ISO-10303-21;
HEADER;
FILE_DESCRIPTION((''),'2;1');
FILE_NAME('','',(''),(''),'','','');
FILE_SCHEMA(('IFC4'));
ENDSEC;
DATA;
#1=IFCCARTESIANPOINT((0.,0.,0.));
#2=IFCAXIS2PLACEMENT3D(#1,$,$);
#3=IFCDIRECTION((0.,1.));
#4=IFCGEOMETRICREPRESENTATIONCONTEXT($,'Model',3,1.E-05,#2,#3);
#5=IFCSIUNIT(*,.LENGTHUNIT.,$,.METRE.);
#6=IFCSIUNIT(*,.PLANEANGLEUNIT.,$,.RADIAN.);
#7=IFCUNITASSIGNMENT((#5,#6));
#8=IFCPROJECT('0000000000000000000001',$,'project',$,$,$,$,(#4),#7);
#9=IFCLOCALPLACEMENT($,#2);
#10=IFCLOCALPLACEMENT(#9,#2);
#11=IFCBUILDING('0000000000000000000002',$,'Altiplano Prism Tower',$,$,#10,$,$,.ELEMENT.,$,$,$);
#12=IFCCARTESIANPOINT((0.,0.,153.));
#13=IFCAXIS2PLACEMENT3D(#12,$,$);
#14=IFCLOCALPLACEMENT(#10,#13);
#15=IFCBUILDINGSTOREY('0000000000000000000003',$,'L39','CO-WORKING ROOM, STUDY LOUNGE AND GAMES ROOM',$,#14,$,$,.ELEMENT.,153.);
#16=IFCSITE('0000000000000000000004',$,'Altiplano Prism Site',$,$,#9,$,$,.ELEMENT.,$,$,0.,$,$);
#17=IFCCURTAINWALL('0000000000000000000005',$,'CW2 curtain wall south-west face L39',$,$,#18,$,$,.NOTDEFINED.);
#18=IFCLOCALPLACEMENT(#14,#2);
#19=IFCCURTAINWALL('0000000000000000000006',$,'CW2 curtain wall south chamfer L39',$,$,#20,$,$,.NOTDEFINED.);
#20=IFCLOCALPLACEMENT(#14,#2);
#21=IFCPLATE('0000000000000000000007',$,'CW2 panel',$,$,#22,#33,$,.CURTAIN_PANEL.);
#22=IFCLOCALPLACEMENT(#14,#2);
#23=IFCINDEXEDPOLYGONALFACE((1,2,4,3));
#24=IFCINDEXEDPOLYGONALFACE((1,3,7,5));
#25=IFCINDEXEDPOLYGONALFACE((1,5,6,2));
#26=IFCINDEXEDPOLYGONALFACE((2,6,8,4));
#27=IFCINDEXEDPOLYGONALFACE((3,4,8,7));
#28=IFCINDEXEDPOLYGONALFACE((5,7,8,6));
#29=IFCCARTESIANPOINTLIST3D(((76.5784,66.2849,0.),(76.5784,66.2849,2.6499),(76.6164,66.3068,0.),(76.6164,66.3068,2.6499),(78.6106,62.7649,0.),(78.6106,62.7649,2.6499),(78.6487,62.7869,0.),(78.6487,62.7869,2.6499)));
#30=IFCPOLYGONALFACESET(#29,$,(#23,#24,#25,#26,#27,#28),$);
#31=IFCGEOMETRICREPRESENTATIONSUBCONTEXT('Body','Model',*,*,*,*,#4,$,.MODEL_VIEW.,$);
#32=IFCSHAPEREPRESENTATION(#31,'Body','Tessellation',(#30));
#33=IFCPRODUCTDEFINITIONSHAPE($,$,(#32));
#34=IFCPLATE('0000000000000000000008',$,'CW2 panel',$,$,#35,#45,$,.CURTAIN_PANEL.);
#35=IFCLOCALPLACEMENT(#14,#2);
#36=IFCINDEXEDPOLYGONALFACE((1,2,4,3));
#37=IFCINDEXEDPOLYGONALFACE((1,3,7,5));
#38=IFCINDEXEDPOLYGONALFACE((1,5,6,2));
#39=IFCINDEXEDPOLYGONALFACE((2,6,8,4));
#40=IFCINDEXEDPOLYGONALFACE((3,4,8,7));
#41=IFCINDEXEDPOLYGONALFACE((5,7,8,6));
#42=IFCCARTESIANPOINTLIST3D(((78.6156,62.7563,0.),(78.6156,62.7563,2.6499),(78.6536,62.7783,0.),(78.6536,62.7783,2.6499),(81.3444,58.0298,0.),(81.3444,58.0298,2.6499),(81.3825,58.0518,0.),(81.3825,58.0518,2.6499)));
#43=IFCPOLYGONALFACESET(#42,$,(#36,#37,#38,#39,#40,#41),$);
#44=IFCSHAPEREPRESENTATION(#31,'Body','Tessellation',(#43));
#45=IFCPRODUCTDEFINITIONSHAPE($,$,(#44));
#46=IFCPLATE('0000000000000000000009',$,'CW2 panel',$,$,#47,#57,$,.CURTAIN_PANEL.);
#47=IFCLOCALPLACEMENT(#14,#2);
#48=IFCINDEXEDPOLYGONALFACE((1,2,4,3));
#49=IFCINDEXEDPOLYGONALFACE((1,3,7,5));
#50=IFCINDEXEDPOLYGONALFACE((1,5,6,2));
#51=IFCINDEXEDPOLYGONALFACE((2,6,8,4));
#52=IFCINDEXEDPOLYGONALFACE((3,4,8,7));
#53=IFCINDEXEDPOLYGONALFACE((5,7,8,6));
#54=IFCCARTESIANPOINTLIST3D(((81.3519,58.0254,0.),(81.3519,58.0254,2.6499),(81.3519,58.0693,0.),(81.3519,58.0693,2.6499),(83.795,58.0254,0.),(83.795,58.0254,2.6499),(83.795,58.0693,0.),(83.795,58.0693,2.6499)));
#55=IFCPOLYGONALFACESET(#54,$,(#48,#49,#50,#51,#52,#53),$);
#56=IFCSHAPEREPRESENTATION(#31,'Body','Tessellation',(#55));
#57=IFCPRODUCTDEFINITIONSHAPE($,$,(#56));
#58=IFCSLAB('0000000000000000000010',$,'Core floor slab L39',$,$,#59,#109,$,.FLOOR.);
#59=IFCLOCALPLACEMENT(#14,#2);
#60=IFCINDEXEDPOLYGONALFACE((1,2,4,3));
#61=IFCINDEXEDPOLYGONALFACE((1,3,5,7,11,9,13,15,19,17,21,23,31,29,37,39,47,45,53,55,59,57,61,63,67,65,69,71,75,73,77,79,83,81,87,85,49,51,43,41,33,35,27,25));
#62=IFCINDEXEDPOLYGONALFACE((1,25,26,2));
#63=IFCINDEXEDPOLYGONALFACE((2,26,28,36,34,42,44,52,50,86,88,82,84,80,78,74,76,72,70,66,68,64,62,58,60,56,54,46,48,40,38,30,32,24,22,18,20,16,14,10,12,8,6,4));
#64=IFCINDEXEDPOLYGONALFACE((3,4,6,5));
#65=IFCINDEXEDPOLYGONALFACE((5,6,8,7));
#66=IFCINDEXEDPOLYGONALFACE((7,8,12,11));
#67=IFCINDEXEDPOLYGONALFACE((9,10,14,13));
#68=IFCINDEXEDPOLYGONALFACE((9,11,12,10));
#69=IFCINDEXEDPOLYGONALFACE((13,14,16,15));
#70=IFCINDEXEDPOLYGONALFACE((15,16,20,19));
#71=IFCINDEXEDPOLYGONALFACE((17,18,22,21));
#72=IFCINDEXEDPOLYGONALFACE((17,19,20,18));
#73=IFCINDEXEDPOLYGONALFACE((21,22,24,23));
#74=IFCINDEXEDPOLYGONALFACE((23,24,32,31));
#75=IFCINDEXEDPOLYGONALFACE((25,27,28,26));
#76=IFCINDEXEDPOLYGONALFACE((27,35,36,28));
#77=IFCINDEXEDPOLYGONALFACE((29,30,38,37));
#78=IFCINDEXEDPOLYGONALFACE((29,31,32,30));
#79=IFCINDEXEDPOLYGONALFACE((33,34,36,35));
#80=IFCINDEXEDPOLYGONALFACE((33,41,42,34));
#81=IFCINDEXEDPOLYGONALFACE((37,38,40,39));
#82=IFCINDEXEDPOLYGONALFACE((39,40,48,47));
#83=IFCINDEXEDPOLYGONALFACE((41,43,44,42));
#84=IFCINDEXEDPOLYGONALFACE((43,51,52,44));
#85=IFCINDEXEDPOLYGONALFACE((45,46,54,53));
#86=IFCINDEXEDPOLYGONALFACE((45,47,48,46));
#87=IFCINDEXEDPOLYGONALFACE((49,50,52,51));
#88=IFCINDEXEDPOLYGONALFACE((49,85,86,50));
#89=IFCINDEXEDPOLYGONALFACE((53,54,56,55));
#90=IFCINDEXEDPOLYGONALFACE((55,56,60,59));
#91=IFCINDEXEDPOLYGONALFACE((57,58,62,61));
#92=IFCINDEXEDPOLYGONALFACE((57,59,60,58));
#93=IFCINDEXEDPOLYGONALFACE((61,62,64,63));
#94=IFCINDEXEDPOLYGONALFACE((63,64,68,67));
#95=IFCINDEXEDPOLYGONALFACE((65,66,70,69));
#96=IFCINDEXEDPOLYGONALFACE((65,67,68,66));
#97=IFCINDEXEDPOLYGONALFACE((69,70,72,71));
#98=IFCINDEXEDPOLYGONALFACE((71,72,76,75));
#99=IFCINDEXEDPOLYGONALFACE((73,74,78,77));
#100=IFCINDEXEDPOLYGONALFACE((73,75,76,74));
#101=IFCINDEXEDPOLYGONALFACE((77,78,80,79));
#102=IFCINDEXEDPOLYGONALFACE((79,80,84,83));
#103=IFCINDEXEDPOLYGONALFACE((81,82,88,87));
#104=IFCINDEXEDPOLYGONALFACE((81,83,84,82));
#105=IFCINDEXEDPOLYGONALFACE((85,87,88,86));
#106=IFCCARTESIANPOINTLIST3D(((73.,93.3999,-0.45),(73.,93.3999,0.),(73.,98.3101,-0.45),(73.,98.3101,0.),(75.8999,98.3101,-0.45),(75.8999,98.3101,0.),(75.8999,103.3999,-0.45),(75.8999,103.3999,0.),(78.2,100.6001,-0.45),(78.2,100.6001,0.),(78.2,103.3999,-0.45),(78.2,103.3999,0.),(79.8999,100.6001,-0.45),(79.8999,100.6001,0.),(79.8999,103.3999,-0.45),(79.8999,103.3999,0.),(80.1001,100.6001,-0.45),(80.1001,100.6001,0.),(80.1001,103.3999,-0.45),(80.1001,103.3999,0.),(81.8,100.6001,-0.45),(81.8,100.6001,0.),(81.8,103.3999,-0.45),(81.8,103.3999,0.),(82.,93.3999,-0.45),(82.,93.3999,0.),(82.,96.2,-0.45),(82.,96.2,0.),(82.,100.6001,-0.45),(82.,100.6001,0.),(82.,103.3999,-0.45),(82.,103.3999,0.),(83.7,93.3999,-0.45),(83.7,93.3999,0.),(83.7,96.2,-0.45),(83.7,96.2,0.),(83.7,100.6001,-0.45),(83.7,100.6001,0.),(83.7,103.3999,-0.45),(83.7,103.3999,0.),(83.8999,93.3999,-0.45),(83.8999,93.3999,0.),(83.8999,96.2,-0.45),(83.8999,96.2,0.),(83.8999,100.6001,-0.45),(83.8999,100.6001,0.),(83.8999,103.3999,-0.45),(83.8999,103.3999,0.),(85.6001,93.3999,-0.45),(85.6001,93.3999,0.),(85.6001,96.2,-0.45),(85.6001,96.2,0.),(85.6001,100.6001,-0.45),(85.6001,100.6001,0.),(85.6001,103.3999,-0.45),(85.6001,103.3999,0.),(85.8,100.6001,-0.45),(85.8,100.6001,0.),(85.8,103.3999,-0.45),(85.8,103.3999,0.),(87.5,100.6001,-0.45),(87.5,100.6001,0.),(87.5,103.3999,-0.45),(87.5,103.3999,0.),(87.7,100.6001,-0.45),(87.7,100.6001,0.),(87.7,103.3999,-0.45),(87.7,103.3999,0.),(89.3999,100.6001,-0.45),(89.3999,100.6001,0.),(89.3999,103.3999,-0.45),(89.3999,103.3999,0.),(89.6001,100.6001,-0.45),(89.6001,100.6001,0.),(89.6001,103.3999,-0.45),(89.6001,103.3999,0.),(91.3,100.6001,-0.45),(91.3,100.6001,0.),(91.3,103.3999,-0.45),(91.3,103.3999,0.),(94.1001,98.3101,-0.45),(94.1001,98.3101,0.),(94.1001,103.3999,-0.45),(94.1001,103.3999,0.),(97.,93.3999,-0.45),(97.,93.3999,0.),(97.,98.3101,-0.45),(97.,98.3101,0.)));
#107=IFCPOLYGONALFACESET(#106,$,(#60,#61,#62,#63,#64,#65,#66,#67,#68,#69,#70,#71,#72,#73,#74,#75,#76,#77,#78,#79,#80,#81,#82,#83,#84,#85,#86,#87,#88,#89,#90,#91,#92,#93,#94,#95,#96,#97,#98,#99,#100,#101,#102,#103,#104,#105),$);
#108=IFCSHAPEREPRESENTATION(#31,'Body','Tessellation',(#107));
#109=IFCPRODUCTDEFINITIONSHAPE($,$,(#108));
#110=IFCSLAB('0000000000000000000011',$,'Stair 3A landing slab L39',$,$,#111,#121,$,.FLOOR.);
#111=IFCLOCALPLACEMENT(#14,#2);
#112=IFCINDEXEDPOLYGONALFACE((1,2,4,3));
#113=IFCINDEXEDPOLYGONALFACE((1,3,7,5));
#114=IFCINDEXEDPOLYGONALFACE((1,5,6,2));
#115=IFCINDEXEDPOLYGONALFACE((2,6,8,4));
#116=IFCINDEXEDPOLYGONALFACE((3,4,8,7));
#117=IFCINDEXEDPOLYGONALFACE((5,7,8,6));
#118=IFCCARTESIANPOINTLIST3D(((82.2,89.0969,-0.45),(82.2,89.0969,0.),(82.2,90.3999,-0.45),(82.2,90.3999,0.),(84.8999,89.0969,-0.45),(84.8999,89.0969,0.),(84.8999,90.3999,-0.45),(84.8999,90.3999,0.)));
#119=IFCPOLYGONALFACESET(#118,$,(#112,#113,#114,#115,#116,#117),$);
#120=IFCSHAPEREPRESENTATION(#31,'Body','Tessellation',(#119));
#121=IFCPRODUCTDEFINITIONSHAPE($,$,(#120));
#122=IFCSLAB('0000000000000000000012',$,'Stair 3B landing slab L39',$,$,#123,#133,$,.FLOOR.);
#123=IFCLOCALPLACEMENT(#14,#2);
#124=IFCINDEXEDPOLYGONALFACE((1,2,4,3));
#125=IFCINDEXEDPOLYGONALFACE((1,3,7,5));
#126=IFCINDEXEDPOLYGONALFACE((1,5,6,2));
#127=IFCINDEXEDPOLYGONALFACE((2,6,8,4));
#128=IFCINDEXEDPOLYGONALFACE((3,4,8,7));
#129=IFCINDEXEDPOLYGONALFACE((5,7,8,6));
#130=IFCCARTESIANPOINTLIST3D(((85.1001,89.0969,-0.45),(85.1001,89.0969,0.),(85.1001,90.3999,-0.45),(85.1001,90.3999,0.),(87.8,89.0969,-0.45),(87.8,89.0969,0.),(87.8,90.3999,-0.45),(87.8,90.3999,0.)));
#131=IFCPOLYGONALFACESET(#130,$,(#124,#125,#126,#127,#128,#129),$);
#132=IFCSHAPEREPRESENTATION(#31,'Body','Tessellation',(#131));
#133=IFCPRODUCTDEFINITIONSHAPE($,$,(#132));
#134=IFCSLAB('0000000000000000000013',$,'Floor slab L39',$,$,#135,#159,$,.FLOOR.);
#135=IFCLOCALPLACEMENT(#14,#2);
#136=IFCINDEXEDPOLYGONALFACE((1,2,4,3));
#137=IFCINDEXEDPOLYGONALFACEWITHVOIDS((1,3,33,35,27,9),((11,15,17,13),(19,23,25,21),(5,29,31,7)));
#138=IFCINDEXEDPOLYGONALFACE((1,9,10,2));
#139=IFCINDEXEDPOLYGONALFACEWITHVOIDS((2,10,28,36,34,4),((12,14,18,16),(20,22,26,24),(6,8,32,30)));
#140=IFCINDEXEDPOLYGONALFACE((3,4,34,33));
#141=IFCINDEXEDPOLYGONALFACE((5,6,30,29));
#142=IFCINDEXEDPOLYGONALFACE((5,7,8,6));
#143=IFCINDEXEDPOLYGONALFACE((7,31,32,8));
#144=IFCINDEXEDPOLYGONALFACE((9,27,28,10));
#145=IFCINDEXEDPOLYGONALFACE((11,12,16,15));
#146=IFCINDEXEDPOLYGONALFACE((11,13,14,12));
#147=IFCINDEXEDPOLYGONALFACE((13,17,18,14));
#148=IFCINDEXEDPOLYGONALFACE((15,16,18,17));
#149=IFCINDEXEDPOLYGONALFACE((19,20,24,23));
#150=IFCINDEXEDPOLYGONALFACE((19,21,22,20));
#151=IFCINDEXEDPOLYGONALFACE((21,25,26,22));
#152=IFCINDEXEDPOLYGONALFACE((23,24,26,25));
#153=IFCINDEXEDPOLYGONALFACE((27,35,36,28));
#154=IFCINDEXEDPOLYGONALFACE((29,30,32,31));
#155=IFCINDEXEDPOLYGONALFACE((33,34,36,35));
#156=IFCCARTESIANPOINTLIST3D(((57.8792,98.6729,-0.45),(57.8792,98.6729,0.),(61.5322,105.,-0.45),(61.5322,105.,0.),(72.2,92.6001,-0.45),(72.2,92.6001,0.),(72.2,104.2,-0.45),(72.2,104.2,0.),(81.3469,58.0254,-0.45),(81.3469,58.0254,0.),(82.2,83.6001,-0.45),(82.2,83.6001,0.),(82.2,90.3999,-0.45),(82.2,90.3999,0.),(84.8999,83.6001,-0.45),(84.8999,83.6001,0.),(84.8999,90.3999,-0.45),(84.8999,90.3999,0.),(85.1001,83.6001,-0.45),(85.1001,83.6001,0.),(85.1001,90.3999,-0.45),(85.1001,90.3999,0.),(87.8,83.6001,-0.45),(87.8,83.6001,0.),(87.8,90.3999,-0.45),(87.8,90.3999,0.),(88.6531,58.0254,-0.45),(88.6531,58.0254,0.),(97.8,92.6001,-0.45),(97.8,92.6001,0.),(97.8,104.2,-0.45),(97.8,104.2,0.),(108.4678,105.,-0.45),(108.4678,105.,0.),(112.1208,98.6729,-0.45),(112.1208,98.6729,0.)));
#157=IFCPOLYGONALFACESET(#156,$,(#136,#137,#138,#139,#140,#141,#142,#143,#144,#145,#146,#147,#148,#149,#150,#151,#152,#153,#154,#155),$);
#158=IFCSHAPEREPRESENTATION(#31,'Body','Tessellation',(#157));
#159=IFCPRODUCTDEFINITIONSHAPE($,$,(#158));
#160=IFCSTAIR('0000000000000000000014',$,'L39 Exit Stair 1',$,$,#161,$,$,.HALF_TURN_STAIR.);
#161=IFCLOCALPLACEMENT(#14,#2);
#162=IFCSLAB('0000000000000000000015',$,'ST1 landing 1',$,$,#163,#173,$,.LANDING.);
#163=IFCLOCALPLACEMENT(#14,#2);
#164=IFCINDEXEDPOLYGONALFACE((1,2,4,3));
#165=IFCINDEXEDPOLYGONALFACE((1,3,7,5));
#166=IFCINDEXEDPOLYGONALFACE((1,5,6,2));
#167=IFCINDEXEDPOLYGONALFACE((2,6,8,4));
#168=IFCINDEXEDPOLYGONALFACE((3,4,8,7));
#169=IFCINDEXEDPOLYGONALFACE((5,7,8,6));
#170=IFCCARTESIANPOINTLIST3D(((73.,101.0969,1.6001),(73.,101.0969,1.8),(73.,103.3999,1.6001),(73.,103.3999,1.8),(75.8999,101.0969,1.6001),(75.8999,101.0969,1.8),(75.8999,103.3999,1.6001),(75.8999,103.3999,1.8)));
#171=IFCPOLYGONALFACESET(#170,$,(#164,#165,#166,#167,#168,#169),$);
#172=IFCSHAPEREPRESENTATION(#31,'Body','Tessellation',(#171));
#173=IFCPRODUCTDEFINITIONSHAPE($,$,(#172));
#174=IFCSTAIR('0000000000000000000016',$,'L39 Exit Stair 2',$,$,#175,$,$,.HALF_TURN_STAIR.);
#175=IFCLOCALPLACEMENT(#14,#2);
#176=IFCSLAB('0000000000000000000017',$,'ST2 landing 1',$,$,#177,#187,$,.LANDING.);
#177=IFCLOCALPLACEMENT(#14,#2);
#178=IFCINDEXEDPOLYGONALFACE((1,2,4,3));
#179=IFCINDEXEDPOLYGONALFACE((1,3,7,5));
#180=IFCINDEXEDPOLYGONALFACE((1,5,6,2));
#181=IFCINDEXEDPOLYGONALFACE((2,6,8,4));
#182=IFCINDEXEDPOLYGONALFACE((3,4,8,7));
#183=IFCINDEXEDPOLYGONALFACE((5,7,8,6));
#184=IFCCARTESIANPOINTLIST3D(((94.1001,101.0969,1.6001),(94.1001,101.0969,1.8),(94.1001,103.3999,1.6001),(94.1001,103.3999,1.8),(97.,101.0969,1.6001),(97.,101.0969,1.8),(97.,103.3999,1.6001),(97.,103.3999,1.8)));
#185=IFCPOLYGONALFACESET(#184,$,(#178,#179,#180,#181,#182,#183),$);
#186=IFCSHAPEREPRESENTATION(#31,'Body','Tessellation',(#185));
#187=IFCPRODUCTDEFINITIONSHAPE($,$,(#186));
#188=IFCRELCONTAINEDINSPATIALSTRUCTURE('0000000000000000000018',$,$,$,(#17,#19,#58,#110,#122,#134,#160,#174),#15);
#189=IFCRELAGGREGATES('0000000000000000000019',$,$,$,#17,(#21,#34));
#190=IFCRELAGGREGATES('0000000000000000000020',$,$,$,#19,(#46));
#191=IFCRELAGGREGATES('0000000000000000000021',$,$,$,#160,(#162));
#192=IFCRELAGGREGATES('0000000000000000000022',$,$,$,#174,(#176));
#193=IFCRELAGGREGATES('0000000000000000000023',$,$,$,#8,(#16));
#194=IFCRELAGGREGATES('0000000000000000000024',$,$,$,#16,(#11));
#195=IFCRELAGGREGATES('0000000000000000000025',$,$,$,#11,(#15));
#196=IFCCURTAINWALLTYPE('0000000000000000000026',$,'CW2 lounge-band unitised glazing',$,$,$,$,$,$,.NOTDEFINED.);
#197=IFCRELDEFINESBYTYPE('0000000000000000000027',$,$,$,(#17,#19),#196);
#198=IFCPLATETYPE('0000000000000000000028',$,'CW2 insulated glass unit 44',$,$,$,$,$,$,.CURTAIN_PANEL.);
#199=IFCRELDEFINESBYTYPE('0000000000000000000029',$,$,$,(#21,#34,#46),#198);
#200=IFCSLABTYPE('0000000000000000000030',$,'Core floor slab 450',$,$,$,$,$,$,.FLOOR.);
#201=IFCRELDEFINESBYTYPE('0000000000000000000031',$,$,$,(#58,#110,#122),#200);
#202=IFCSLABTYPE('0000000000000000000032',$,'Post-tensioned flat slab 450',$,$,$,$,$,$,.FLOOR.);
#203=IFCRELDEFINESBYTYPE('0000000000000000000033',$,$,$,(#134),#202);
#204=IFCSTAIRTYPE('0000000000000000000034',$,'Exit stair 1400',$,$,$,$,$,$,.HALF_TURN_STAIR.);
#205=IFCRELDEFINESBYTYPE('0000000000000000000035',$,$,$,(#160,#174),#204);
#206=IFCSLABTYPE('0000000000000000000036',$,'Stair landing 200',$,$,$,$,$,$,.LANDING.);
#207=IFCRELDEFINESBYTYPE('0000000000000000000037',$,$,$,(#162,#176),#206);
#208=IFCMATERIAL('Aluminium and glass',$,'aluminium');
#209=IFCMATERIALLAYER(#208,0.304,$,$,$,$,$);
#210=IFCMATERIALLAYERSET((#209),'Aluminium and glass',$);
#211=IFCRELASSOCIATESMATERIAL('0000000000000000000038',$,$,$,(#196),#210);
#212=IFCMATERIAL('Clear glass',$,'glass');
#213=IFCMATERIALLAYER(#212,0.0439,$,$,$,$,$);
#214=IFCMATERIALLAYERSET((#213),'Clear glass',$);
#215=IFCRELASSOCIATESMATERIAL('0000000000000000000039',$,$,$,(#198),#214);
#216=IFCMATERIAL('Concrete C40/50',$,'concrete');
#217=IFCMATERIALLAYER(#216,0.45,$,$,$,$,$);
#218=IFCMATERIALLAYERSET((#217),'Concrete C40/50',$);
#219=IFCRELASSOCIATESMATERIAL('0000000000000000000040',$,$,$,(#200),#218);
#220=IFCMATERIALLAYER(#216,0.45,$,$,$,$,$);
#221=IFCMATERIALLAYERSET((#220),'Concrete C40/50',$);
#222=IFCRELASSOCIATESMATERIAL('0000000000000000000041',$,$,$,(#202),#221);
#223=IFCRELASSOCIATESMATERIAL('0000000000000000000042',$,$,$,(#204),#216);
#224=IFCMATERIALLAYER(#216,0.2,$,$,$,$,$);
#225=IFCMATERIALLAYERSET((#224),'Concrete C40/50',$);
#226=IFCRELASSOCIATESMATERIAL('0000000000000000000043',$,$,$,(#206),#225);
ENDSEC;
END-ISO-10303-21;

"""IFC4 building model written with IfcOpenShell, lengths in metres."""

from ifc_helpers import new_model, si_unit, direction, frame, origin, origin_2d, place, context, subcontext, project, spatial, polyline, rectangle, outline, extrude, material, layer, layer_set, type_object, element, aggregate, save


model = new_model("IFC4")

# Units and contexts
model_context = context("Model", 3, precision=1e-05, world=origin(), true_north=direction((0.0, 1.0)))
body_context = subcontext(model_context, "Body", "Model", "MODEL_VIEW")
ifc_project = project(units=[si_unit("LENGTHUNIT", "METRE"), si_unit("PLANEANGLEUNIT", "RADIAN")], contexts=[model_context])

# Site, building, storey
site_placement = place(None, origin())
site = spatial("IfcSite", under=ifc_project, at=site_placement, Name="Altiplano Prism Site", CompositionType="ELEMENT", RefElevation=0.0)
building_placement = place(site_placement, origin())
building = spatial("IfcBuilding", under=site, at=building_placement, Name="Altiplano Prism Tower", CompositionType="ELEMENT")
storey_placement = place(building_placement, frame((0.0, 0.0, 153.0)))
storey = spatial("IfcBuildingStorey", under=building, at=storey_placement, Name="L39", Description="CO-WORKING ROOM, STUDY LOUNGE AND GAMES ROOM", CompositionType="ELEMENT", Elevation=153.0)

# Curtain wall
ifc_material_1 = material(Name="Aluminium and glass", Category="aluminium")
ifc_layer_1 = layer(ifc_material_1, 0.304)
ifc_layer_set_1 = layer_set([ifc_layer_1], Name="Aluminium and glass")
curtain_wall_type = type_object("IfcCurtainWallType", Name="CW2 lounge-band unitised glazing", PredefinedType="NOTDEFINED", material=ifc_layer_set_1)
curtain_wall_1_placement = place(storey_placement, origin())
curtain_wall_1 = element("IfcCurtainWall", 1, at=curtain_wall_1_placement, inside=storey, type_object=curtain_wall_type, Name="CW2 curtain wall south-west face L39", PredefinedType="NOTDEFINED")

# Curtain wall
curtain_wall_2_placement = place(storey_placement, origin())
curtain_wall_2 = element("IfcCurtainWall", 2, at=curtain_wall_2_placement, inside=storey, type_object=curtain_wall_type, Name="CW2 curtain wall south chamfer L39", PredefinedType="NOTDEFINED")

# Plates
ifc_material_2 = material(Name="Clear glass", Category="glass")
ifc_layer_2 = layer(ifc_material_2, 0.0439)
ifc_layer_set_2 = layer_set([ifc_layer_2], Name="Clear glass")
plate_type = type_object("IfcPlateType", Name="CW2 insulated glass unit 44", PredefinedType="CURTAIN_PANEL", material=ifc_layer_set_2)
plate_1_placement = place(storey_placement, frame((77.6135, 64.5359, 0.0), z_axis=(0.0, 0.0, 1.0), x_axis=(0.5, -0.866025, 0.0)))
plate_1 = element("IfcPlate", 3, at=plate_1_placement, type_object=plate_type, Name="CW2 panel", PredefinedType="CURTAIN_PANEL", context=body_context, shape_type="SweptSolid", body=[
    extrude(rectangle(XDim=4.0645, YDim=0.0439, at=origin_2d()), origin(), (0.0, 0.0, 1.0), 2.6499),
])
plate_2_placement = place(storey_placement, frame((79.999, 60.4041, 0.0), z_axis=(0.0, 0.0, 1.0), x_axis=(0.5, -0.866025, 0.0)))
plate_2 = element("IfcPlate", 4, at=plate_2_placement, type_object=plate_type, Name="CW2 panel", PredefinedType="CURTAIN_PANEL", context=body_context, shape_type="SweptSolid", body=[
    extrude(rectangle(XDim=5.4578, YDim=0.0439, at=origin_2d()), origin(), (0.0, 0.0, 1.0), 2.6499),
])
aggregate(curtain_wall_1, [plate_1, plate_2])
plate_3_placement = place(storey_placement, frame((82.5735, 58.0474, 0.0), z_axis=(0.0, 0.0, 1.0), x_axis=(1.0, 0.0, 0.0)))
plate_3 = element("IfcPlate", 5, at=plate_3_placement, type_object=plate_type, Name="CW2 panel", PredefinedType="CURTAIN_PANEL", context=body_context, shape_type="SweptSolid", body=[
    extrude(rectangle(XDim=2.4431, YDim=0.0439, at=origin_2d()), origin(), (0.0, 0.0, 1.0), 2.6499),
])
aggregate(curtain_wall_2, [plate_3])

# Slabs
ifc_material_3 = material(Name="Concrete C40/50", Category="concrete")
ifc_layer_3 = layer(ifc_material_3, 0.45)
ifc_layer_set_3 = layer_set([ifc_layer_3], Name="Concrete C40/50")
slab_type_1 = type_object("IfcSlabType", Name="Core floor slab 450", PredefinedType="FLOOR", material=ifc_layer_set_3)
slab_1_placement = place(storey_placement, frame((0.0, 0.0, -0.45)))
element("IfcSlab", 6, at=slab_1_placement, inside=storey, type_object=slab_type_1, Name="Core floor slab L39", PredefinedType="FLOOR", context=body_context, shape_type="SweptSolid", body=[
    extrude(outline(polyline([(97.0, 98.3101), (94.1001, 98.3101), (94.1001, 103.3999), (91.3, 103.3999), (91.3, 100.6001), (89.6001, 100.6001), (89.6001, 103.3999), (89.3999, 103.3999), (89.3999, 100.6001), (87.7, 100.6001), (87.7, 103.3999), (87.5, 103.3999), (87.5, 100.6001), (85.8, 100.6001), (85.8, 103.3999), (85.6001, 103.3999), (85.6001, 100.6001), (83.8999, 100.6001), (83.8999, 103.3999), (83.7, 103.3999), (83.7, 100.6001), (82.0, 100.6001), (82.0, 103.3999), (81.8, 103.3999), (81.8, 100.6001), (80.1001, 100.6001), (80.1001, 103.3999), (79.8999, 103.3999), (79.8999, 100.6001), (78.2, 100.6001), (78.2, 103.3999), (75.8999, 103.3999), (75.8999, 98.3101), (73.0, 98.3101), (73.0, 93.3999), (82.0, 93.3999), (82.0, 96.2), (83.7, 96.2), (83.7, 93.3999), (83.8999, 93.3999), (83.8999, 96.2), (85.6001, 96.2), (85.6001, 93.3999), (97.0, 93.3999), (97.0, 98.3101)])), origin(), (0.0, 0.0, 1.0), 0.45),
])
slab_2_placement = place(storey_placement, frame((0.0, 0.0, -0.45)))
element("IfcSlab", 7, at=slab_2_placement, inside=storey, type_object=slab_type_1, Name="Stair 3A landing slab L39", PredefinedType="FLOOR", context=body_context, shape_type="SweptSolid", body=[
    extrude(outline(polyline([(82.2, 89.0969), (84.8999, 89.0969), (84.8999, 90.3999), (82.2, 90.3999), (82.2, 89.0969)])), origin(), (0.0, 0.0, 1.0), 0.45),
])
slab_3_placement = place(storey_placement, frame((0.0, 0.0, -0.45)))
element("IfcSlab", 8, at=slab_3_placement, inside=storey, type_object=slab_type_1, Name="Stair 3B landing slab L39", PredefinedType="FLOOR", context=body_context, shape_type="SweptSolid", body=[
    extrude(outline(polyline([(85.1001, 89.0969), (87.8, 89.0969), (87.8, 90.3999), (85.1001, 90.3999), (85.1001, 89.0969)])), origin(), (0.0, 0.0, 1.0), 0.45),
])
ifc_layer_4 = layer(ifc_material_3, 0.45)
ifc_layer_set_4 = layer_set([ifc_layer_4], Name="Concrete C40/50")
slab_type_2 = type_object("IfcSlabType", Name="Post-tensioned flat slab 450", PredefinedType="FLOOR", material=ifc_layer_set_4)
slab_4_placement = place(storey_placement, frame((0.0, 0.0, -0.45)))
element("IfcSlab", 9, at=slab_4_placement, inside=storey, type_object=slab_type_2, Name="Floor slab L39", PredefinedType="FLOOR", context=body_context, shape_type="SweptSolid", body=[
    extrude(outline(polyline([(81.3469, 58.0254), (57.8792, 98.6729), (61.5322, 105.0), (108.4678, 105.0), (112.1208, 98.6729), (88.6531, 58.0254), (81.3469, 58.0254)]), holes=[polyline([(72.2, 104.2), (72.2, 92.6001), (97.8, 92.6001), (97.8, 104.2), (72.2, 104.2)]), polyline([(84.8999, 90.3999), (82.2, 90.3999), (82.2, 83.6001), (84.8999, 83.6001), (84.8999, 90.3999)]), polyline([(87.8, 83.6001), (87.8, 90.3999), (85.1001, 90.3999), (85.1001, 83.6001), (87.8, 83.6001)])]), origin(), (0.0, 0.0, 1.0), 0.45),
])

# Stairs, slabs
stair_type_1 = type_object("IfcStairType", Name="Exit stair 1400", PredefinedType="HALF_TURN_STAIR", material=ifc_material_3)
stair_1_placement = place(storey_placement, origin())
stair_1 = element("IfcStair", 10, at=stair_1_placement, inside=storey, type_object=stair_type_1, Name="L39 Exit Stair 1", PredefinedType="HALF_TURN_STAIR")
ifc_layer_5 = layer(ifc_material_3, 0.2)
ifc_layer_set_5 = layer_set([ifc_layer_5], Name="Concrete C40/50")
slab_type_3 = type_object("IfcSlabType", Name="Stair landing 200", PredefinedType="LANDING", material=ifc_layer_set_5)
slab_5_placement = place(storey_placement, frame((0.0, 0.0, 1.6001)))
slab_5 = element("IfcSlab", 11, at=slab_5_placement, type_object=slab_type_3, Name="ST1 landing 1", PredefinedType="LANDING", context=body_context, shape_type="SweptSolid", body=[
    extrude(outline(polyline([(75.8999, 101.0969), (75.8999, 103.3999), (73.0, 103.3999), (73.0, 101.0969), (75.8999, 101.0969)])), origin(), (0.0, 0.0, 1.0), 0.2),
])
aggregate(stair_1, [slab_5])
stair_2_placement = place(storey_placement, origin())
stair_2 = element("IfcStair", 12, at=stair_2_placement, inside=storey, type_object=stair_type_1, Name="L39 Exit Stair 2", PredefinedType="HALF_TURN_STAIR")
slab_6_placement = place(storey_placement, frame((0.0, 0.0, 1.6001)))
slab_6 = element("IfcSlab", 13, at=slab_6_placement, type_object=slab_type_3, Name="ST2 landing 1", PredefinedType="LANDING", context=body_context, shape_type="SweptSolid", body=[
    extrude(outline(polyline([(97.0, 101.0969), (97.0, 103.3999), (94.1001, 103.3999), (94.1001, 101.0969), (97.0, 101.0969)])), origin(), (0.0, 0.0, 1.0), 0.2),
])
aggregate(stair_2, [slab_6])

save(model, "model.ifc")
